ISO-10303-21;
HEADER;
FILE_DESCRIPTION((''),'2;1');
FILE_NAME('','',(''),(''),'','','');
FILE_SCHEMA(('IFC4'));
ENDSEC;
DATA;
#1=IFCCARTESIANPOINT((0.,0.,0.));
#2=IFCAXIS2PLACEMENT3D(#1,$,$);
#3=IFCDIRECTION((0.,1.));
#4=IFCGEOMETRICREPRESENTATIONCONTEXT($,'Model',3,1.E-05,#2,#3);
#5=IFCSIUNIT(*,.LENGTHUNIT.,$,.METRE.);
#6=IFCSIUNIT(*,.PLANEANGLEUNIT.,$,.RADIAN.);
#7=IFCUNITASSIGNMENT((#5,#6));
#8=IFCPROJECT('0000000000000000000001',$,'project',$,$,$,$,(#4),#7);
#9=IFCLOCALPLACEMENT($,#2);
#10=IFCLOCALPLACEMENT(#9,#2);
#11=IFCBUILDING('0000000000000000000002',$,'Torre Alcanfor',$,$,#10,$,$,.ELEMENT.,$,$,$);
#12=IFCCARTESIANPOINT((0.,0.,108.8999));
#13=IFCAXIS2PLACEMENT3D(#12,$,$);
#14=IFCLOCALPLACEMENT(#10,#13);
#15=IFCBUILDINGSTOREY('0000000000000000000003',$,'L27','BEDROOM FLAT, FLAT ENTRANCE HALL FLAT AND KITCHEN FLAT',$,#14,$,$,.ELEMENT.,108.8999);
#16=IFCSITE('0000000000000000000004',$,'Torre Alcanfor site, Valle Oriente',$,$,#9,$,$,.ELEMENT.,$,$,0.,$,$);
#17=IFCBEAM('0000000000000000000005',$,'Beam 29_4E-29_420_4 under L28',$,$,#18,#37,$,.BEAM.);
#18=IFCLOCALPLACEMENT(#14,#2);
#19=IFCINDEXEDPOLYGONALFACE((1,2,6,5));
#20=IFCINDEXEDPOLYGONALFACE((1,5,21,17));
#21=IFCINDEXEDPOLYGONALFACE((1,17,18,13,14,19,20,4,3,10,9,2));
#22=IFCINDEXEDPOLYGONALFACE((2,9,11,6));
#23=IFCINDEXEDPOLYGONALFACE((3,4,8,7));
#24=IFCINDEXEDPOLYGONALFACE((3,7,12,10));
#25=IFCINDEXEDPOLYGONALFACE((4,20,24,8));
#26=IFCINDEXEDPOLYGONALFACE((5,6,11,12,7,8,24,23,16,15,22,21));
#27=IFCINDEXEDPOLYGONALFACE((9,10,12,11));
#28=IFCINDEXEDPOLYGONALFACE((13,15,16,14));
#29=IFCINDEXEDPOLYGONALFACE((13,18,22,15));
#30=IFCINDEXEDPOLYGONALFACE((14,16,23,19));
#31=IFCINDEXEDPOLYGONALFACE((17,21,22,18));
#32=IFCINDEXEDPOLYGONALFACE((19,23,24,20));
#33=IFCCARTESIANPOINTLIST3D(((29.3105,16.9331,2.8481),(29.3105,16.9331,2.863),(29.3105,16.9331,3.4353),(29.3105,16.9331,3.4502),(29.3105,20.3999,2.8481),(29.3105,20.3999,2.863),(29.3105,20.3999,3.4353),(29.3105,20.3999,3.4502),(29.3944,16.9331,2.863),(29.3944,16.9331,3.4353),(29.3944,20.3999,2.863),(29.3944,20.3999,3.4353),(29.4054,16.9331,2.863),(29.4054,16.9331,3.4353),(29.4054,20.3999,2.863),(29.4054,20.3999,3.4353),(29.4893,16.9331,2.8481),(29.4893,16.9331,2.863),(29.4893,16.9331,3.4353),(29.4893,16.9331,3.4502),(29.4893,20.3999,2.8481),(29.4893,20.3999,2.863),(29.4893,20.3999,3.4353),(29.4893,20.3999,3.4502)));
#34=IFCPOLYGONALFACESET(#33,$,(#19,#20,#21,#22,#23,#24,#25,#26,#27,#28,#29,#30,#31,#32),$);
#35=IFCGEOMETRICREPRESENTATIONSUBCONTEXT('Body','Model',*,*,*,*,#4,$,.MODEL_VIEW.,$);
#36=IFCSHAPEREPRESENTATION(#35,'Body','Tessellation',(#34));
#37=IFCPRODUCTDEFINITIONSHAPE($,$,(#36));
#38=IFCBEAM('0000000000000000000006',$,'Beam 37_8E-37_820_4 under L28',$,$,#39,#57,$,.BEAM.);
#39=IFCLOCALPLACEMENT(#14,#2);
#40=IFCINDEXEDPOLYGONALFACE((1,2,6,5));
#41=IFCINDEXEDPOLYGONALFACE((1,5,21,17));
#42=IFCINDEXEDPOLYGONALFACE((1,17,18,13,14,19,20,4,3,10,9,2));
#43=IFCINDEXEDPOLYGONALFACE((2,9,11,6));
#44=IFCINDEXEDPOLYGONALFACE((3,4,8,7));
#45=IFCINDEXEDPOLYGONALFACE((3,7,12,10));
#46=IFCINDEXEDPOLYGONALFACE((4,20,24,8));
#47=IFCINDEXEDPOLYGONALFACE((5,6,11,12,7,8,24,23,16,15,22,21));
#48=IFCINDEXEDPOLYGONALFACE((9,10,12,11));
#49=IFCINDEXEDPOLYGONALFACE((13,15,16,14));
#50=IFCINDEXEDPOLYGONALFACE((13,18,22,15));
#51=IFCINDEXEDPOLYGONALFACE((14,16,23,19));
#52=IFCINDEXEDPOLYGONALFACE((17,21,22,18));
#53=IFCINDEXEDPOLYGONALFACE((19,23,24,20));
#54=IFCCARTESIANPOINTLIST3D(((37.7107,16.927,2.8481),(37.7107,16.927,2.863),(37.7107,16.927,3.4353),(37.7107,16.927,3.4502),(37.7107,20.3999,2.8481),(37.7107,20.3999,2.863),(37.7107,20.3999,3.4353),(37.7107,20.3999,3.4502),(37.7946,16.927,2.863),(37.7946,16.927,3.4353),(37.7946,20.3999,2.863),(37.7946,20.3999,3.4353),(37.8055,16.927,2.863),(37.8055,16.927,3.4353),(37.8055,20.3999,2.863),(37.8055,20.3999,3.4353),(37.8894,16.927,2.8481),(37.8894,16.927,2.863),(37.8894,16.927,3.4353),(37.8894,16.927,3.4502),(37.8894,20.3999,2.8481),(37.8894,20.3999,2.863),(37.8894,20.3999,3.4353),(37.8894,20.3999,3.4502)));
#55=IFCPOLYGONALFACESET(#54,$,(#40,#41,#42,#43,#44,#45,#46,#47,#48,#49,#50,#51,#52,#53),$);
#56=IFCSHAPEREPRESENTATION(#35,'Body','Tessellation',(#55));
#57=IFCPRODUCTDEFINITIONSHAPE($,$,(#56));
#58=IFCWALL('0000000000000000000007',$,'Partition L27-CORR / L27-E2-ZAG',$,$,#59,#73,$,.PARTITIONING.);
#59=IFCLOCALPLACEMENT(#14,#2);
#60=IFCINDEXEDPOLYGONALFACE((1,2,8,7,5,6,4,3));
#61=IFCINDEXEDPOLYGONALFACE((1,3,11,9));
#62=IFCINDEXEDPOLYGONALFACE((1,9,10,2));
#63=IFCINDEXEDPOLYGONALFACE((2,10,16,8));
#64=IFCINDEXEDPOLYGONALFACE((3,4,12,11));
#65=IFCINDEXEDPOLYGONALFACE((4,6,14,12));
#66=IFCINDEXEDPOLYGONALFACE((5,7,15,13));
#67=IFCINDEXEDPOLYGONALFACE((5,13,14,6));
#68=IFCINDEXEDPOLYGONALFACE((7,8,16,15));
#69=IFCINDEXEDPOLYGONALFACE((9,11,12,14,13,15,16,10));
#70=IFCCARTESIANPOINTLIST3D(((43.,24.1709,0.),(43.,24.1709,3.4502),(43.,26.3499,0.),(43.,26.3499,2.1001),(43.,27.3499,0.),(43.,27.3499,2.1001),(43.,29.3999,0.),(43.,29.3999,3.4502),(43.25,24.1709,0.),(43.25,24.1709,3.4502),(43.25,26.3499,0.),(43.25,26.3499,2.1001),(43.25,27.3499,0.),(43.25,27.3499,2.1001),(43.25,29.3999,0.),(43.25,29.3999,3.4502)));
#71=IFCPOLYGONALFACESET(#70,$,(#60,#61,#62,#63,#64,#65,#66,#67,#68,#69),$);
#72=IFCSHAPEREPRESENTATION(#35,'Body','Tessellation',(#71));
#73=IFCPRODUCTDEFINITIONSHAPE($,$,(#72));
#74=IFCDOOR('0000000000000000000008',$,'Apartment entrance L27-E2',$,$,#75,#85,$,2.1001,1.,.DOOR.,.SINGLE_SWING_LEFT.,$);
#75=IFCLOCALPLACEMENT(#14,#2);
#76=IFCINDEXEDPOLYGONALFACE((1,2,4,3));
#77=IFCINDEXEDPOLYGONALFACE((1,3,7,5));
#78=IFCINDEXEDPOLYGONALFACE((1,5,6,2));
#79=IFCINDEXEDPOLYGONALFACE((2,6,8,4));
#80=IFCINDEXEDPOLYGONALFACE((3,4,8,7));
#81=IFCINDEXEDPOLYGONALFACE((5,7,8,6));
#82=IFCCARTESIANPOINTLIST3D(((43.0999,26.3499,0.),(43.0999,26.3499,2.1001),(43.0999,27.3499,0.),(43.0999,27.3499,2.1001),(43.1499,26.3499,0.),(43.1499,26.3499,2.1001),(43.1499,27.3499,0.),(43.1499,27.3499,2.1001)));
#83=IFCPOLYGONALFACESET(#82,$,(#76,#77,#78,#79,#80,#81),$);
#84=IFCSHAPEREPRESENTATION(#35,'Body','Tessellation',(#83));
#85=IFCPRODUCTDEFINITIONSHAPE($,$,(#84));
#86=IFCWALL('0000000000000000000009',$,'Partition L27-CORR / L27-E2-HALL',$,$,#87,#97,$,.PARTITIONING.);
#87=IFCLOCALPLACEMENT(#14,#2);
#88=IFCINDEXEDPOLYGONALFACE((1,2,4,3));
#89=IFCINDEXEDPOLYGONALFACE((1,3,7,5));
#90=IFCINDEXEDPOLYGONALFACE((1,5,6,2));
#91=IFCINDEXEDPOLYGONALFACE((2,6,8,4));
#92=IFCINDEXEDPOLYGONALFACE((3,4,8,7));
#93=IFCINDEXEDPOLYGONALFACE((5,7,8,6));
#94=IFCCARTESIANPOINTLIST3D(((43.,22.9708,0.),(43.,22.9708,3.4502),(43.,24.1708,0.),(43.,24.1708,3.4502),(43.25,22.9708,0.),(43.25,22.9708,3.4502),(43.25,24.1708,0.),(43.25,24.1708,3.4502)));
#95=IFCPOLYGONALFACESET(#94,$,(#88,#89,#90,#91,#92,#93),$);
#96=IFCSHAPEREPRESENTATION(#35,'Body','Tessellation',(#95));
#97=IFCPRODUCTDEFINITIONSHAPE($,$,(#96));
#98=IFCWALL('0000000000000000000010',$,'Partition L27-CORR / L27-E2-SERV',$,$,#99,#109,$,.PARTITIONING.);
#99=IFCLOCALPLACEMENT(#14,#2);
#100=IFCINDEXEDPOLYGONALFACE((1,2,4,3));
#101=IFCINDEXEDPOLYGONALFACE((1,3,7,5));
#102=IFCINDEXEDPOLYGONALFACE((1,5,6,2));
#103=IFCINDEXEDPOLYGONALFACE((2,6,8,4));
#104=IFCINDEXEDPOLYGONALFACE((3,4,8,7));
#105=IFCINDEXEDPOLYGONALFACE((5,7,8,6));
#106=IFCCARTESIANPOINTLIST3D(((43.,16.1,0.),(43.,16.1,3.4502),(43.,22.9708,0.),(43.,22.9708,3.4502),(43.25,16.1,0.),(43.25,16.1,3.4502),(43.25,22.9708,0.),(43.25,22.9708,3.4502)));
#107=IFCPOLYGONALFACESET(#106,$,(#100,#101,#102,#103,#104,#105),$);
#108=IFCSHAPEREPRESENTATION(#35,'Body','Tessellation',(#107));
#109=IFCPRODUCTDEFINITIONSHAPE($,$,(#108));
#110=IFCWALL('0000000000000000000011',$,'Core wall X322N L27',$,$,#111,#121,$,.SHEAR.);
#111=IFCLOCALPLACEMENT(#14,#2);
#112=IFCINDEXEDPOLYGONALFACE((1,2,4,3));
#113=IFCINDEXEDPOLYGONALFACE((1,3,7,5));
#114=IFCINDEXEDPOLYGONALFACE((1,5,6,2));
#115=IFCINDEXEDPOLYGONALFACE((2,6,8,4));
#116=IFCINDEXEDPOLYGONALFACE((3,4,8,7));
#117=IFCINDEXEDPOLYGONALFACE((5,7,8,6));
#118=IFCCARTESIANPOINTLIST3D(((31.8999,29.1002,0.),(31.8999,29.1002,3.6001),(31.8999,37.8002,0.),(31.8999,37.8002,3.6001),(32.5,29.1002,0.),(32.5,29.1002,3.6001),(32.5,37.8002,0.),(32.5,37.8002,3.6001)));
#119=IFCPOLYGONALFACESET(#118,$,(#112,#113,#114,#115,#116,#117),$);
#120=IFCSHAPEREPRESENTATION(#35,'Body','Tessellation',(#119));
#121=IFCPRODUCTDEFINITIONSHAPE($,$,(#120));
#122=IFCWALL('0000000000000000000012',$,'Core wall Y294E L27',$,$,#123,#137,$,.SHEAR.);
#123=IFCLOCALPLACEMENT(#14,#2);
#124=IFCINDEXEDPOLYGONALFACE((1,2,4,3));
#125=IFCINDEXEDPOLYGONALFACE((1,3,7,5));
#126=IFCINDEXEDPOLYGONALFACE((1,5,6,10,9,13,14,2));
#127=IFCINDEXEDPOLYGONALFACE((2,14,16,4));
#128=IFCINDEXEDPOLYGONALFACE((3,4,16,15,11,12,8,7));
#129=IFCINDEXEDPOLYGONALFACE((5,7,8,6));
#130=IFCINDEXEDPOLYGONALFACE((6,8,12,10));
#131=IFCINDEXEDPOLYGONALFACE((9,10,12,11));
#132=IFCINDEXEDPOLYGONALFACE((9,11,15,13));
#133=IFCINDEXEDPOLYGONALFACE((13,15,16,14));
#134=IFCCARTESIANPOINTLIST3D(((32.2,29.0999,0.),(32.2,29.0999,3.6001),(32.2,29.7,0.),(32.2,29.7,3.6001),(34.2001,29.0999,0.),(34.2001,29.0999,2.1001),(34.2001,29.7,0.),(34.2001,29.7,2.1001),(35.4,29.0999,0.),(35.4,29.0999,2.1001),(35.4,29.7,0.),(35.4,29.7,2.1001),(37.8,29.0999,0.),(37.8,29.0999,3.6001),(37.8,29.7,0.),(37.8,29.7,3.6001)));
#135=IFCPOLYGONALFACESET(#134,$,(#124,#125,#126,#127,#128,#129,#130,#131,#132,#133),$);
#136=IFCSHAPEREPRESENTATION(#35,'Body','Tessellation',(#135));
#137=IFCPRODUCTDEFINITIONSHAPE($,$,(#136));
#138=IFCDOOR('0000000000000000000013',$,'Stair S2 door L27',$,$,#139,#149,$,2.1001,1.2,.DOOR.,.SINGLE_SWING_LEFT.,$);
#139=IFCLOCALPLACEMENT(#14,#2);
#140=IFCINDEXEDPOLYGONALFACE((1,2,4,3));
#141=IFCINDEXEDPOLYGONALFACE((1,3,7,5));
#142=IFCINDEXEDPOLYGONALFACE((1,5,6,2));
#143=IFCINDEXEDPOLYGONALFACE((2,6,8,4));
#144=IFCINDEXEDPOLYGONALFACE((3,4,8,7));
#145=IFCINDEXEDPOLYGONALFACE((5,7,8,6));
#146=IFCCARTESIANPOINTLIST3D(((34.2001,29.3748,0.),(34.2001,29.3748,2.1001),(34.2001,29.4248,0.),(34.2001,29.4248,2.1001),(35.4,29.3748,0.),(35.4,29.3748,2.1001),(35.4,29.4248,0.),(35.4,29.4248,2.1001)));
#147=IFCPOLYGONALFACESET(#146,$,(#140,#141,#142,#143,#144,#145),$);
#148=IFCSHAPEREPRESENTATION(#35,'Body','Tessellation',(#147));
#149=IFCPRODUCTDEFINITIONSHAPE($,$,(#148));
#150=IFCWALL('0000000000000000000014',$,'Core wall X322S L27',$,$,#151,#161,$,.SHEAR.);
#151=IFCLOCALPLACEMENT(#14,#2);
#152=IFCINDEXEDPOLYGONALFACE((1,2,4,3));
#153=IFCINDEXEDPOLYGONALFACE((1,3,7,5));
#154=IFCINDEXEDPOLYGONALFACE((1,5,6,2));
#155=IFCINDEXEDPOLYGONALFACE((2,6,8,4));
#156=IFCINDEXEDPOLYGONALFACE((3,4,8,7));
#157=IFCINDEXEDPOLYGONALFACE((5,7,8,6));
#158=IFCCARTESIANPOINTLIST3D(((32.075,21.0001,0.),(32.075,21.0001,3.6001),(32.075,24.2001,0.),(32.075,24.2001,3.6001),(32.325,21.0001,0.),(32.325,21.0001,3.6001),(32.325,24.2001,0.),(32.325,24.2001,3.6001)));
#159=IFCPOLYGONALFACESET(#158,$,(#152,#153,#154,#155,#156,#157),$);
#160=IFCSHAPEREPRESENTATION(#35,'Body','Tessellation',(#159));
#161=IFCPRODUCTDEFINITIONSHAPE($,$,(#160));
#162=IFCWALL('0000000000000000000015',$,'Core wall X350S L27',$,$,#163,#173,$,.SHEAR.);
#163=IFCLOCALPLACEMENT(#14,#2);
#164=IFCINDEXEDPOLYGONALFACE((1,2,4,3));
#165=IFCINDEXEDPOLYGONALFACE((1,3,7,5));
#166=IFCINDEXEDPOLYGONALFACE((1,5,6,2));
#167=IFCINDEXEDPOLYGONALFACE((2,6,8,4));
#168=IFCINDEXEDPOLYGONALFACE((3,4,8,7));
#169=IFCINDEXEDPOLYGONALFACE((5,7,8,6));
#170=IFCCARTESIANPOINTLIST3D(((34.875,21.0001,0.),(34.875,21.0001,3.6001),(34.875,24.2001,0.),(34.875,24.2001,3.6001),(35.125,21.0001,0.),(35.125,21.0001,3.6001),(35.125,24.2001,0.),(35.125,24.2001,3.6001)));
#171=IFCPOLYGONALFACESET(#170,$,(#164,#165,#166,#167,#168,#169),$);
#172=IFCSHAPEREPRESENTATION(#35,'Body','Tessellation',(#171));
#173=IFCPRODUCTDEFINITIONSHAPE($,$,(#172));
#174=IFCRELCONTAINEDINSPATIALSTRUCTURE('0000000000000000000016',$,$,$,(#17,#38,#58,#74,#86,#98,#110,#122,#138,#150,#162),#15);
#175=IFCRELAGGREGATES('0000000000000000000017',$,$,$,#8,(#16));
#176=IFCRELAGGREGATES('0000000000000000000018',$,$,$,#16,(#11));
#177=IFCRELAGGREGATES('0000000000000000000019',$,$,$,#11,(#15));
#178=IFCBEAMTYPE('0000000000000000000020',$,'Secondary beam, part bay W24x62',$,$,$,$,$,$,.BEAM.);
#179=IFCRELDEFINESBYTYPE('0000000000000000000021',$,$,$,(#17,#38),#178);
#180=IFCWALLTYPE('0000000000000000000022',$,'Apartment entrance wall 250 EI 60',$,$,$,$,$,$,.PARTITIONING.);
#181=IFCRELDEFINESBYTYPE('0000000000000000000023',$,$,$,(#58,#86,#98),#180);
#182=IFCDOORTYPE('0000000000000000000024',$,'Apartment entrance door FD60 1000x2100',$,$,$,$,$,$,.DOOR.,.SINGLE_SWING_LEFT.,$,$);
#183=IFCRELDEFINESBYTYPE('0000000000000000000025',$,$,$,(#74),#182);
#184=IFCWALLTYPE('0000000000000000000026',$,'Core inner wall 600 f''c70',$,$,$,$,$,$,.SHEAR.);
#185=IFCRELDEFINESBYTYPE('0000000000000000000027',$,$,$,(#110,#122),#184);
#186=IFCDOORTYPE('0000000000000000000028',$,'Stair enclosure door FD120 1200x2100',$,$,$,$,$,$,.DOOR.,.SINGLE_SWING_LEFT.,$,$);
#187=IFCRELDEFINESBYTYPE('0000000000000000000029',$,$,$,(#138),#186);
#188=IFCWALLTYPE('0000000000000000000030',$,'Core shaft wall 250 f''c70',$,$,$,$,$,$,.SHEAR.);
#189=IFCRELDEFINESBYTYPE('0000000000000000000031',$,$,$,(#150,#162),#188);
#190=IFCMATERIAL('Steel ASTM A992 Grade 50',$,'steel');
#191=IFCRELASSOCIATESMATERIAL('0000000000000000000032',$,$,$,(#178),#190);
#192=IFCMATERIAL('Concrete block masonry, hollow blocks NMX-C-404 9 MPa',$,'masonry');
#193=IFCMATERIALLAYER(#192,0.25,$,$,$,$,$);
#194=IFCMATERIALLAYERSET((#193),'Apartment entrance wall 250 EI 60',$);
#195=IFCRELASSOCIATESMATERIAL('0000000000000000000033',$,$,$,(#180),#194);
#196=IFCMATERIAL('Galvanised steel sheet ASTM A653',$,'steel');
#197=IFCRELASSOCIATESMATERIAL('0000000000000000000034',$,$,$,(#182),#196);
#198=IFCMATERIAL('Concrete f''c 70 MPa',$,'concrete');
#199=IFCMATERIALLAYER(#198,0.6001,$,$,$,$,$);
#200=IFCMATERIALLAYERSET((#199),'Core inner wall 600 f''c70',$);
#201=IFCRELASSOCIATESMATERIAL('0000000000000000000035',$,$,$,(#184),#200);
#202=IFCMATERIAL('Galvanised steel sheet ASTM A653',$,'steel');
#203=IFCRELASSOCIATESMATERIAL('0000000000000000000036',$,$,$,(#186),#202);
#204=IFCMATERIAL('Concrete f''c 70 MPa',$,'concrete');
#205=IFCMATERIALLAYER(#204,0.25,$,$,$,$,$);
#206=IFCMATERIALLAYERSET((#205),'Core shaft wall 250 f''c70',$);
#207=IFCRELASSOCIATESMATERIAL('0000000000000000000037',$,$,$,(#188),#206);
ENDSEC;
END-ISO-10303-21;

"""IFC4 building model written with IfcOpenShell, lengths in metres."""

from ifc_helpers import new_model, si_unit, direction, frame, frame_2d, origin, origin_2d, place, context, subcontext, project, spatial, rectangle, i_section, extrude, material, layer, layer_set, material_profile, profile_set, type_object, element, fill, save


model = new_model("IFC4")

# Units and contexts
model_context = context("Model", 3, precision=1e-05, world=origin(), true_north=direction((0.0, 1.0)))
body_context = subcontext(model_context, "Body", "Model", "MODEL_VIEW")
ifc_project = project(units=[si_unit("LENGTHUNIT", "METRE"), si_unit("PLANEANGLEUNIT", "RADIAN")], contexts=[model_context])

# Site, building, storey
site_placement = place(None, origin())
site = spatial("IfcSite", under=ifc_project, at=site_placement, Name="Torre Alcanfor site, Valle Oriente", CompositionType="ELEMENT", RefElevation=0.0)
building_placement = place(site_placement, origin())
building = spatial("IfcBuilding", under=site, at=building_placement, Name="Torre Alcanfor", CompositionType="ELEMENT")
storey_placement = place(building_placement, frame((0.0, 0.0, 108.8999)))
storey = spatial("IfcBuildingStorey", under=building, at=storey_placement, Name="L27", Description="BEDROOM FLAT, FLAT ENTRANCE HALL FLAT AND KITCHEN FLAT", CompositionType="ELEMENT", Elevation=108.8999)

# Beams
ifc_material_1 = material(Name="Steel ASTM A992 Grade 50", Category="steel")
ifc_material_profile_1 = material_profile(ifc_material_1, i_section(OverallWidth=0.1787, OverallDepth=0.6021, WebThickness=0.011, FlangeThickness=0.0149, at=origin_2d()), Name="W24x62")
ifc_profile_set_1 = profile_set([ifc_material_profile_1], Name="Steel ASTM A992 Grade 50")
beam_type_1 = type_object("IfcBeamType", Name="Secondary beam, part bay W24x62", PredefinedType="BEAM", material=ifc_profile_set_1)
beam_1_placement = place(storey_placement, frame((29.3999, 16.9331, 3.1492), z_axis=(0.0, 1.0, 0.0), x_axis=(-1.0, 0.0, 0.0)))
element("IfcBeam", 1, at=beam_1_placement, inside=storey, type_object=beam_type_1, Name="Beam 29_4E-29_420_4 under L28", PredefinedType="BEAM", context=body_context, shape_type="SweptSolid", body=[
    extrude(i_section(OverallWidth=0.1787, OverallDepth=0.6021, WebThickness=0.011, FlangeThickness=0.0149, at=origin_2d()), origin(), (0.0, 0.0, 1.0), 3.4668),
])
beam_2_placement = place(storey_placement, frame((37.8, 16.927, 3.1492), z_axis=(0.0, 1.0, 0.0), x_axis=(-1.0, 0.0, 0.0)))
element("IfcBeam", 2, at=beam_2_placement, inside=storey, type_object=beam_type_1, Name="Beam 37_8E-37_820_4 under L28", PredefinedType="BEAM", context=body_context, shape_type="SweptSolid", body=[
    extrude(i_section(OverallWidth=0.1787, OverallDepth=0.6021, WebThickness=0.011, FlangeThickness=0.0149, at=origin_2d()), origin(), (0.0, 0.0, 1.0), 3.4729),
])

# Wall, opening, door
ifc_material_2 = material(Name="Concrete block masonry, hollow blocks NMX-C-404 9 MPa", Category="masonry")
ifc_layer_1 = layer(ifc_material_2, 0.25)
ifc_layer_set_1 = layer_set([ifc_layer_1], Name="Apartment entrance wall 250 EI 60")
wall_type_1 = type_object("IfcWallType", Name="Apartment entrance wall 250 EI 60", PredefinedType="PARTITIONING", material=ifc_layer_set_1)
wall_1_placement = place(storey_placement, frame((43.125, 29.3999, 0.0), z_axis=(0.0, 0.0, 1.0), x_axis=(0.0, -1.0, 0.0)))
wall_1 = element("IfcWall", 3, at=wall_1_placement, inside=storey, type_object=wall_type_1, Name="Partition L27-CORR / L27-E2-ZAG", PredefinedType="PARTITIONING", context=body_context, shape_type="SweptSolid", body=[
    extrude(rectangle(XDim=5.229, YDim=0.25, at=frame_2d((2.6145, 0.0))), origin(), (0.0, 0.0, 1.0), 3.4502),
])
opening_1_placement = place(wall_1_placement, frame((2.05, 0.0, 0.0)))
opening_1 = element("IfcOpeningElement", 4, at=opening_1_placement, cuts=wall_1, PredefinedType="OPENING", context=body_context, shape_type="SweptSolid", body=[
    extrude(rectangle(XDim=1.0, YDim=2.1001, at=frame_2d((0.5, 1.05))), frame((0.0, 0.135, 0.0), z_axis=(0.0, -1.0, 0.0), x_axis=(1.0, 0.0, 0.0)), (0.0, 0.0, 1.0), 0.27),
])
ifc_material_3 = material(Name="Galvanised steel sheet ASTM A653", Category="steel")
door_type_1 = type_object("IfcDoorType", Name="Apartment entrance door FD60 1000x2100", OperationType="SINGLE_SWING_LEFT", PredefinedType="DOOR", material=ifc_material_3)
door_1_placement = place(opening_1_placement, origin())
door_1 = element("IfcDoor", 5, at=door_1_placement, inside=storey, type_object=door_type_1, Name="Apartment entrance L27-E2", OperationType="SINGLE_SWING_LEFT", OverallHeight=2.1001, OverallWidth=1.0, PredefinedType="DOOR", context=body_context, shape_type="SweptSolid", body=[
    extrude(rectangle(XDim=1.0, YDim=2.1001, at=frame_2d((0.5, 1.05))), frame((0.0, 0.0249, 0.0), z_axis=(0.0, -1.0, 0.0), x_axis=(1.0, 0.0, 0.0)), (0.0, 0.0, 1.0), 0.05),
])
fill(opening_1, door_1)

# Walls
wall_2_placement = place(storey_placement, frame((43.125, 24.1709, 0.0), z_axis=(0.0, 0.0, 1.0), x_axis=(0.0, -1.0, 0.0)))
element("IfcWall", 6, at=wall_2_placement, inside=storey, type_object=wall_type_1, Name="Partition L27-CORR / L27-E2-HALL", PredefinedType="PARTITIONING", context=body_context, shape_type="SweptSolid", body=[
    extrude(rectangle(XDim=1.2, YDim=0.25, at=frame_2d((0.6001, 0.0))), origin(), (0.0, 0.0, 1.0), 3.4502),
])
wall_3_placement = place(storey_placement, frame((43.125, 22.9709, 0.0), z_axis=(0.0, 0.0, 1.0), x_axis=(0.0, -1.0, 0.0)))
element("IfcWall", 7, at=wall_3_placement, inside=storey, type_object=wall_type_1, Name="Partition L27-CORR / L27-E2-SERV", PredefinedType="PARTITIONING", context=body_context, shape_type="SweptSolid", body=[
    extrude(rectangle(XDim=6.8708, YDim=0.25, at=frame_2d((3.4355, 0.0))), origin(), (0.0, 0.0, 1.0), 3.4502),
])
ifc_material_4 = material(Name="Concrete f'c 70 MPa", Category="concrete")
ifc_layer_2 = layer(ifc_material_4, 0.6001)
ifc_layer_set_2 = layer_set([ifc_layer_2], Name="Core inner wall 600 f'c70")
wall_type_2 = type_object("IfcWallType", Name="Core inner wall 600 f'c70", PredefinedType="SHEAR", material=ifc_layer_set_2)
wall_4_placement = place(storey_placement, frame((32.2, 29.1001, 0.0), z_axis=(0.0, 0.0, 1.0), x_axis=(0.0, 1.0, 0.0)))
element("IfcWall", 8, at=wall_4_placement, inside=storey, type_object=wall_type_2, Name="Core wall X322N L27", PredefinedType="SHEAR", context=body_context, shape_type="SweptSolid", body=[
    extrude(rectangle(XDim=8.7, YDim=0.6001, at=frame_2d((4.3501, 0.0))), origin(), (0.0, 0.0, 1.0), 3.6001),
])

# Wall, opening, door
wall_5_placement = place(storey_placement, frame((32.2, 29.3999, 0.0), z_axis=(0.0, 0.0, 1.0), x_axis=(1.0, 0.0, 0.0)))
wall_5 = element("IfcWall", 9, at=wall_5_placement, inside=storey, type_object=wall_type_2, Name="Core wall Y294E L27", PredefinedType="SHEAR", context=body_context, shape_type="SweptSolid", body=[
    extrude(rectangle(XDim=5.6001, YDim=0.6001, at=frame_2d((2.8, 0.0))), origin(), (0.0, 0.0, 1.0), 3.6001),
])
opening_2_placement = place(wall_5_placement, frame((2.0, 0.0, 0.0)))
opening_2 = element("IfcOpeningElement", 10, at=opening_2_placement, cuts=wall_5, PredefinedType="OPENING", context=body_context, shape_type="SweptSolid", body=[
    extrude(rectangle(XDim=1.2, YDim=2.1001, at=frame_2d((0.6001, 1.05))), frame((0.0, 0.3101, 0.0), z_axis=(0.0, -1.0, 0.0), x_axis=(1.0, 0.0, 0.0)), (0.0, 0.0, 1.0), 0.6201),
])
ifc_material_5 = material(Name="Galvanised steel sheet ASTM A653", Category="steel")
door_type_2 = type_object("IfcDoorType", Name="Stair enclosure door FD120 1200x2100", OperationType="SINGLE_SWING_LEFT", PredefinedType="DOOR", material=ifc_material_5)
door_2_placement = place(opening_2_placement, origin())
door_2 = element("IfcDoor", 11, at=door_2_placement, inside=storey, type_object=door_type_2, Name="Stair S2 door L27", OperationType="SINGLE_SWING_LEFT", OverallHeight=2.1001, OverallWidth=1.2, PredefinedType="DOOR", context=body_context, shape_type="SweptSolid", body=[
    extrude(rectangle(XDim=1.2, YDim=2.1001, at=frame_2d((0.6001, 1.05))), frame((0.0, 0.0249, 0.0), z_axis=(0.0, -1.0, 0.0), x_axis=(1.0, 0.0, 0.0)), (0.0, 0.0, 1.0), 0.05),
])
fill(opening_2, door_2)

# Walls
ifc_material_6 = material(Name="Concrete f'c 70 MPa", Category="concrete")
ifc_layer_3 = layer(ifc_material_6, 0.25)
ifc_layer_set_3 = layer_set([ifc_layer_3], Name="Core shaft wall 250 f'c70")
wall_type_3 = type_object("IfcWallType", Name="Core shaft wall 250 f'c70", PredefinedType="SHEAR", material=ifc_layer_set_3)
for number, where, z_axis, x_axis, name in (
    (12, (32.2, 21.0, 0.0), (0.0, 0.0, 1.0), (0.0, 1.0, 0.0), "Core wall X322S L27"),
    (13, (35.0, 21.0, 0.0), (0.0, 0.0, 1.0), (0.0, 1.0, 0.0), "Core wall X350S L27"),
):
    element("IfcWall", number, at=place(storey_placement, frame(where, z_axis=z_axis, x_axis=x_axis)), inside=storey, type_object=wall_type_3, Name=name, PredefinedType="SHEAR", context=body_context, shape_type="SweptSolid", body=[
        extrude(rectangle(XDim=3.2, YDim=0.25, at=frame_2d((1.6001, 0.0))), origin(), (0.0, 0.0, 1.0), 3.6001),
    ])

save(model, "model.ifc")
